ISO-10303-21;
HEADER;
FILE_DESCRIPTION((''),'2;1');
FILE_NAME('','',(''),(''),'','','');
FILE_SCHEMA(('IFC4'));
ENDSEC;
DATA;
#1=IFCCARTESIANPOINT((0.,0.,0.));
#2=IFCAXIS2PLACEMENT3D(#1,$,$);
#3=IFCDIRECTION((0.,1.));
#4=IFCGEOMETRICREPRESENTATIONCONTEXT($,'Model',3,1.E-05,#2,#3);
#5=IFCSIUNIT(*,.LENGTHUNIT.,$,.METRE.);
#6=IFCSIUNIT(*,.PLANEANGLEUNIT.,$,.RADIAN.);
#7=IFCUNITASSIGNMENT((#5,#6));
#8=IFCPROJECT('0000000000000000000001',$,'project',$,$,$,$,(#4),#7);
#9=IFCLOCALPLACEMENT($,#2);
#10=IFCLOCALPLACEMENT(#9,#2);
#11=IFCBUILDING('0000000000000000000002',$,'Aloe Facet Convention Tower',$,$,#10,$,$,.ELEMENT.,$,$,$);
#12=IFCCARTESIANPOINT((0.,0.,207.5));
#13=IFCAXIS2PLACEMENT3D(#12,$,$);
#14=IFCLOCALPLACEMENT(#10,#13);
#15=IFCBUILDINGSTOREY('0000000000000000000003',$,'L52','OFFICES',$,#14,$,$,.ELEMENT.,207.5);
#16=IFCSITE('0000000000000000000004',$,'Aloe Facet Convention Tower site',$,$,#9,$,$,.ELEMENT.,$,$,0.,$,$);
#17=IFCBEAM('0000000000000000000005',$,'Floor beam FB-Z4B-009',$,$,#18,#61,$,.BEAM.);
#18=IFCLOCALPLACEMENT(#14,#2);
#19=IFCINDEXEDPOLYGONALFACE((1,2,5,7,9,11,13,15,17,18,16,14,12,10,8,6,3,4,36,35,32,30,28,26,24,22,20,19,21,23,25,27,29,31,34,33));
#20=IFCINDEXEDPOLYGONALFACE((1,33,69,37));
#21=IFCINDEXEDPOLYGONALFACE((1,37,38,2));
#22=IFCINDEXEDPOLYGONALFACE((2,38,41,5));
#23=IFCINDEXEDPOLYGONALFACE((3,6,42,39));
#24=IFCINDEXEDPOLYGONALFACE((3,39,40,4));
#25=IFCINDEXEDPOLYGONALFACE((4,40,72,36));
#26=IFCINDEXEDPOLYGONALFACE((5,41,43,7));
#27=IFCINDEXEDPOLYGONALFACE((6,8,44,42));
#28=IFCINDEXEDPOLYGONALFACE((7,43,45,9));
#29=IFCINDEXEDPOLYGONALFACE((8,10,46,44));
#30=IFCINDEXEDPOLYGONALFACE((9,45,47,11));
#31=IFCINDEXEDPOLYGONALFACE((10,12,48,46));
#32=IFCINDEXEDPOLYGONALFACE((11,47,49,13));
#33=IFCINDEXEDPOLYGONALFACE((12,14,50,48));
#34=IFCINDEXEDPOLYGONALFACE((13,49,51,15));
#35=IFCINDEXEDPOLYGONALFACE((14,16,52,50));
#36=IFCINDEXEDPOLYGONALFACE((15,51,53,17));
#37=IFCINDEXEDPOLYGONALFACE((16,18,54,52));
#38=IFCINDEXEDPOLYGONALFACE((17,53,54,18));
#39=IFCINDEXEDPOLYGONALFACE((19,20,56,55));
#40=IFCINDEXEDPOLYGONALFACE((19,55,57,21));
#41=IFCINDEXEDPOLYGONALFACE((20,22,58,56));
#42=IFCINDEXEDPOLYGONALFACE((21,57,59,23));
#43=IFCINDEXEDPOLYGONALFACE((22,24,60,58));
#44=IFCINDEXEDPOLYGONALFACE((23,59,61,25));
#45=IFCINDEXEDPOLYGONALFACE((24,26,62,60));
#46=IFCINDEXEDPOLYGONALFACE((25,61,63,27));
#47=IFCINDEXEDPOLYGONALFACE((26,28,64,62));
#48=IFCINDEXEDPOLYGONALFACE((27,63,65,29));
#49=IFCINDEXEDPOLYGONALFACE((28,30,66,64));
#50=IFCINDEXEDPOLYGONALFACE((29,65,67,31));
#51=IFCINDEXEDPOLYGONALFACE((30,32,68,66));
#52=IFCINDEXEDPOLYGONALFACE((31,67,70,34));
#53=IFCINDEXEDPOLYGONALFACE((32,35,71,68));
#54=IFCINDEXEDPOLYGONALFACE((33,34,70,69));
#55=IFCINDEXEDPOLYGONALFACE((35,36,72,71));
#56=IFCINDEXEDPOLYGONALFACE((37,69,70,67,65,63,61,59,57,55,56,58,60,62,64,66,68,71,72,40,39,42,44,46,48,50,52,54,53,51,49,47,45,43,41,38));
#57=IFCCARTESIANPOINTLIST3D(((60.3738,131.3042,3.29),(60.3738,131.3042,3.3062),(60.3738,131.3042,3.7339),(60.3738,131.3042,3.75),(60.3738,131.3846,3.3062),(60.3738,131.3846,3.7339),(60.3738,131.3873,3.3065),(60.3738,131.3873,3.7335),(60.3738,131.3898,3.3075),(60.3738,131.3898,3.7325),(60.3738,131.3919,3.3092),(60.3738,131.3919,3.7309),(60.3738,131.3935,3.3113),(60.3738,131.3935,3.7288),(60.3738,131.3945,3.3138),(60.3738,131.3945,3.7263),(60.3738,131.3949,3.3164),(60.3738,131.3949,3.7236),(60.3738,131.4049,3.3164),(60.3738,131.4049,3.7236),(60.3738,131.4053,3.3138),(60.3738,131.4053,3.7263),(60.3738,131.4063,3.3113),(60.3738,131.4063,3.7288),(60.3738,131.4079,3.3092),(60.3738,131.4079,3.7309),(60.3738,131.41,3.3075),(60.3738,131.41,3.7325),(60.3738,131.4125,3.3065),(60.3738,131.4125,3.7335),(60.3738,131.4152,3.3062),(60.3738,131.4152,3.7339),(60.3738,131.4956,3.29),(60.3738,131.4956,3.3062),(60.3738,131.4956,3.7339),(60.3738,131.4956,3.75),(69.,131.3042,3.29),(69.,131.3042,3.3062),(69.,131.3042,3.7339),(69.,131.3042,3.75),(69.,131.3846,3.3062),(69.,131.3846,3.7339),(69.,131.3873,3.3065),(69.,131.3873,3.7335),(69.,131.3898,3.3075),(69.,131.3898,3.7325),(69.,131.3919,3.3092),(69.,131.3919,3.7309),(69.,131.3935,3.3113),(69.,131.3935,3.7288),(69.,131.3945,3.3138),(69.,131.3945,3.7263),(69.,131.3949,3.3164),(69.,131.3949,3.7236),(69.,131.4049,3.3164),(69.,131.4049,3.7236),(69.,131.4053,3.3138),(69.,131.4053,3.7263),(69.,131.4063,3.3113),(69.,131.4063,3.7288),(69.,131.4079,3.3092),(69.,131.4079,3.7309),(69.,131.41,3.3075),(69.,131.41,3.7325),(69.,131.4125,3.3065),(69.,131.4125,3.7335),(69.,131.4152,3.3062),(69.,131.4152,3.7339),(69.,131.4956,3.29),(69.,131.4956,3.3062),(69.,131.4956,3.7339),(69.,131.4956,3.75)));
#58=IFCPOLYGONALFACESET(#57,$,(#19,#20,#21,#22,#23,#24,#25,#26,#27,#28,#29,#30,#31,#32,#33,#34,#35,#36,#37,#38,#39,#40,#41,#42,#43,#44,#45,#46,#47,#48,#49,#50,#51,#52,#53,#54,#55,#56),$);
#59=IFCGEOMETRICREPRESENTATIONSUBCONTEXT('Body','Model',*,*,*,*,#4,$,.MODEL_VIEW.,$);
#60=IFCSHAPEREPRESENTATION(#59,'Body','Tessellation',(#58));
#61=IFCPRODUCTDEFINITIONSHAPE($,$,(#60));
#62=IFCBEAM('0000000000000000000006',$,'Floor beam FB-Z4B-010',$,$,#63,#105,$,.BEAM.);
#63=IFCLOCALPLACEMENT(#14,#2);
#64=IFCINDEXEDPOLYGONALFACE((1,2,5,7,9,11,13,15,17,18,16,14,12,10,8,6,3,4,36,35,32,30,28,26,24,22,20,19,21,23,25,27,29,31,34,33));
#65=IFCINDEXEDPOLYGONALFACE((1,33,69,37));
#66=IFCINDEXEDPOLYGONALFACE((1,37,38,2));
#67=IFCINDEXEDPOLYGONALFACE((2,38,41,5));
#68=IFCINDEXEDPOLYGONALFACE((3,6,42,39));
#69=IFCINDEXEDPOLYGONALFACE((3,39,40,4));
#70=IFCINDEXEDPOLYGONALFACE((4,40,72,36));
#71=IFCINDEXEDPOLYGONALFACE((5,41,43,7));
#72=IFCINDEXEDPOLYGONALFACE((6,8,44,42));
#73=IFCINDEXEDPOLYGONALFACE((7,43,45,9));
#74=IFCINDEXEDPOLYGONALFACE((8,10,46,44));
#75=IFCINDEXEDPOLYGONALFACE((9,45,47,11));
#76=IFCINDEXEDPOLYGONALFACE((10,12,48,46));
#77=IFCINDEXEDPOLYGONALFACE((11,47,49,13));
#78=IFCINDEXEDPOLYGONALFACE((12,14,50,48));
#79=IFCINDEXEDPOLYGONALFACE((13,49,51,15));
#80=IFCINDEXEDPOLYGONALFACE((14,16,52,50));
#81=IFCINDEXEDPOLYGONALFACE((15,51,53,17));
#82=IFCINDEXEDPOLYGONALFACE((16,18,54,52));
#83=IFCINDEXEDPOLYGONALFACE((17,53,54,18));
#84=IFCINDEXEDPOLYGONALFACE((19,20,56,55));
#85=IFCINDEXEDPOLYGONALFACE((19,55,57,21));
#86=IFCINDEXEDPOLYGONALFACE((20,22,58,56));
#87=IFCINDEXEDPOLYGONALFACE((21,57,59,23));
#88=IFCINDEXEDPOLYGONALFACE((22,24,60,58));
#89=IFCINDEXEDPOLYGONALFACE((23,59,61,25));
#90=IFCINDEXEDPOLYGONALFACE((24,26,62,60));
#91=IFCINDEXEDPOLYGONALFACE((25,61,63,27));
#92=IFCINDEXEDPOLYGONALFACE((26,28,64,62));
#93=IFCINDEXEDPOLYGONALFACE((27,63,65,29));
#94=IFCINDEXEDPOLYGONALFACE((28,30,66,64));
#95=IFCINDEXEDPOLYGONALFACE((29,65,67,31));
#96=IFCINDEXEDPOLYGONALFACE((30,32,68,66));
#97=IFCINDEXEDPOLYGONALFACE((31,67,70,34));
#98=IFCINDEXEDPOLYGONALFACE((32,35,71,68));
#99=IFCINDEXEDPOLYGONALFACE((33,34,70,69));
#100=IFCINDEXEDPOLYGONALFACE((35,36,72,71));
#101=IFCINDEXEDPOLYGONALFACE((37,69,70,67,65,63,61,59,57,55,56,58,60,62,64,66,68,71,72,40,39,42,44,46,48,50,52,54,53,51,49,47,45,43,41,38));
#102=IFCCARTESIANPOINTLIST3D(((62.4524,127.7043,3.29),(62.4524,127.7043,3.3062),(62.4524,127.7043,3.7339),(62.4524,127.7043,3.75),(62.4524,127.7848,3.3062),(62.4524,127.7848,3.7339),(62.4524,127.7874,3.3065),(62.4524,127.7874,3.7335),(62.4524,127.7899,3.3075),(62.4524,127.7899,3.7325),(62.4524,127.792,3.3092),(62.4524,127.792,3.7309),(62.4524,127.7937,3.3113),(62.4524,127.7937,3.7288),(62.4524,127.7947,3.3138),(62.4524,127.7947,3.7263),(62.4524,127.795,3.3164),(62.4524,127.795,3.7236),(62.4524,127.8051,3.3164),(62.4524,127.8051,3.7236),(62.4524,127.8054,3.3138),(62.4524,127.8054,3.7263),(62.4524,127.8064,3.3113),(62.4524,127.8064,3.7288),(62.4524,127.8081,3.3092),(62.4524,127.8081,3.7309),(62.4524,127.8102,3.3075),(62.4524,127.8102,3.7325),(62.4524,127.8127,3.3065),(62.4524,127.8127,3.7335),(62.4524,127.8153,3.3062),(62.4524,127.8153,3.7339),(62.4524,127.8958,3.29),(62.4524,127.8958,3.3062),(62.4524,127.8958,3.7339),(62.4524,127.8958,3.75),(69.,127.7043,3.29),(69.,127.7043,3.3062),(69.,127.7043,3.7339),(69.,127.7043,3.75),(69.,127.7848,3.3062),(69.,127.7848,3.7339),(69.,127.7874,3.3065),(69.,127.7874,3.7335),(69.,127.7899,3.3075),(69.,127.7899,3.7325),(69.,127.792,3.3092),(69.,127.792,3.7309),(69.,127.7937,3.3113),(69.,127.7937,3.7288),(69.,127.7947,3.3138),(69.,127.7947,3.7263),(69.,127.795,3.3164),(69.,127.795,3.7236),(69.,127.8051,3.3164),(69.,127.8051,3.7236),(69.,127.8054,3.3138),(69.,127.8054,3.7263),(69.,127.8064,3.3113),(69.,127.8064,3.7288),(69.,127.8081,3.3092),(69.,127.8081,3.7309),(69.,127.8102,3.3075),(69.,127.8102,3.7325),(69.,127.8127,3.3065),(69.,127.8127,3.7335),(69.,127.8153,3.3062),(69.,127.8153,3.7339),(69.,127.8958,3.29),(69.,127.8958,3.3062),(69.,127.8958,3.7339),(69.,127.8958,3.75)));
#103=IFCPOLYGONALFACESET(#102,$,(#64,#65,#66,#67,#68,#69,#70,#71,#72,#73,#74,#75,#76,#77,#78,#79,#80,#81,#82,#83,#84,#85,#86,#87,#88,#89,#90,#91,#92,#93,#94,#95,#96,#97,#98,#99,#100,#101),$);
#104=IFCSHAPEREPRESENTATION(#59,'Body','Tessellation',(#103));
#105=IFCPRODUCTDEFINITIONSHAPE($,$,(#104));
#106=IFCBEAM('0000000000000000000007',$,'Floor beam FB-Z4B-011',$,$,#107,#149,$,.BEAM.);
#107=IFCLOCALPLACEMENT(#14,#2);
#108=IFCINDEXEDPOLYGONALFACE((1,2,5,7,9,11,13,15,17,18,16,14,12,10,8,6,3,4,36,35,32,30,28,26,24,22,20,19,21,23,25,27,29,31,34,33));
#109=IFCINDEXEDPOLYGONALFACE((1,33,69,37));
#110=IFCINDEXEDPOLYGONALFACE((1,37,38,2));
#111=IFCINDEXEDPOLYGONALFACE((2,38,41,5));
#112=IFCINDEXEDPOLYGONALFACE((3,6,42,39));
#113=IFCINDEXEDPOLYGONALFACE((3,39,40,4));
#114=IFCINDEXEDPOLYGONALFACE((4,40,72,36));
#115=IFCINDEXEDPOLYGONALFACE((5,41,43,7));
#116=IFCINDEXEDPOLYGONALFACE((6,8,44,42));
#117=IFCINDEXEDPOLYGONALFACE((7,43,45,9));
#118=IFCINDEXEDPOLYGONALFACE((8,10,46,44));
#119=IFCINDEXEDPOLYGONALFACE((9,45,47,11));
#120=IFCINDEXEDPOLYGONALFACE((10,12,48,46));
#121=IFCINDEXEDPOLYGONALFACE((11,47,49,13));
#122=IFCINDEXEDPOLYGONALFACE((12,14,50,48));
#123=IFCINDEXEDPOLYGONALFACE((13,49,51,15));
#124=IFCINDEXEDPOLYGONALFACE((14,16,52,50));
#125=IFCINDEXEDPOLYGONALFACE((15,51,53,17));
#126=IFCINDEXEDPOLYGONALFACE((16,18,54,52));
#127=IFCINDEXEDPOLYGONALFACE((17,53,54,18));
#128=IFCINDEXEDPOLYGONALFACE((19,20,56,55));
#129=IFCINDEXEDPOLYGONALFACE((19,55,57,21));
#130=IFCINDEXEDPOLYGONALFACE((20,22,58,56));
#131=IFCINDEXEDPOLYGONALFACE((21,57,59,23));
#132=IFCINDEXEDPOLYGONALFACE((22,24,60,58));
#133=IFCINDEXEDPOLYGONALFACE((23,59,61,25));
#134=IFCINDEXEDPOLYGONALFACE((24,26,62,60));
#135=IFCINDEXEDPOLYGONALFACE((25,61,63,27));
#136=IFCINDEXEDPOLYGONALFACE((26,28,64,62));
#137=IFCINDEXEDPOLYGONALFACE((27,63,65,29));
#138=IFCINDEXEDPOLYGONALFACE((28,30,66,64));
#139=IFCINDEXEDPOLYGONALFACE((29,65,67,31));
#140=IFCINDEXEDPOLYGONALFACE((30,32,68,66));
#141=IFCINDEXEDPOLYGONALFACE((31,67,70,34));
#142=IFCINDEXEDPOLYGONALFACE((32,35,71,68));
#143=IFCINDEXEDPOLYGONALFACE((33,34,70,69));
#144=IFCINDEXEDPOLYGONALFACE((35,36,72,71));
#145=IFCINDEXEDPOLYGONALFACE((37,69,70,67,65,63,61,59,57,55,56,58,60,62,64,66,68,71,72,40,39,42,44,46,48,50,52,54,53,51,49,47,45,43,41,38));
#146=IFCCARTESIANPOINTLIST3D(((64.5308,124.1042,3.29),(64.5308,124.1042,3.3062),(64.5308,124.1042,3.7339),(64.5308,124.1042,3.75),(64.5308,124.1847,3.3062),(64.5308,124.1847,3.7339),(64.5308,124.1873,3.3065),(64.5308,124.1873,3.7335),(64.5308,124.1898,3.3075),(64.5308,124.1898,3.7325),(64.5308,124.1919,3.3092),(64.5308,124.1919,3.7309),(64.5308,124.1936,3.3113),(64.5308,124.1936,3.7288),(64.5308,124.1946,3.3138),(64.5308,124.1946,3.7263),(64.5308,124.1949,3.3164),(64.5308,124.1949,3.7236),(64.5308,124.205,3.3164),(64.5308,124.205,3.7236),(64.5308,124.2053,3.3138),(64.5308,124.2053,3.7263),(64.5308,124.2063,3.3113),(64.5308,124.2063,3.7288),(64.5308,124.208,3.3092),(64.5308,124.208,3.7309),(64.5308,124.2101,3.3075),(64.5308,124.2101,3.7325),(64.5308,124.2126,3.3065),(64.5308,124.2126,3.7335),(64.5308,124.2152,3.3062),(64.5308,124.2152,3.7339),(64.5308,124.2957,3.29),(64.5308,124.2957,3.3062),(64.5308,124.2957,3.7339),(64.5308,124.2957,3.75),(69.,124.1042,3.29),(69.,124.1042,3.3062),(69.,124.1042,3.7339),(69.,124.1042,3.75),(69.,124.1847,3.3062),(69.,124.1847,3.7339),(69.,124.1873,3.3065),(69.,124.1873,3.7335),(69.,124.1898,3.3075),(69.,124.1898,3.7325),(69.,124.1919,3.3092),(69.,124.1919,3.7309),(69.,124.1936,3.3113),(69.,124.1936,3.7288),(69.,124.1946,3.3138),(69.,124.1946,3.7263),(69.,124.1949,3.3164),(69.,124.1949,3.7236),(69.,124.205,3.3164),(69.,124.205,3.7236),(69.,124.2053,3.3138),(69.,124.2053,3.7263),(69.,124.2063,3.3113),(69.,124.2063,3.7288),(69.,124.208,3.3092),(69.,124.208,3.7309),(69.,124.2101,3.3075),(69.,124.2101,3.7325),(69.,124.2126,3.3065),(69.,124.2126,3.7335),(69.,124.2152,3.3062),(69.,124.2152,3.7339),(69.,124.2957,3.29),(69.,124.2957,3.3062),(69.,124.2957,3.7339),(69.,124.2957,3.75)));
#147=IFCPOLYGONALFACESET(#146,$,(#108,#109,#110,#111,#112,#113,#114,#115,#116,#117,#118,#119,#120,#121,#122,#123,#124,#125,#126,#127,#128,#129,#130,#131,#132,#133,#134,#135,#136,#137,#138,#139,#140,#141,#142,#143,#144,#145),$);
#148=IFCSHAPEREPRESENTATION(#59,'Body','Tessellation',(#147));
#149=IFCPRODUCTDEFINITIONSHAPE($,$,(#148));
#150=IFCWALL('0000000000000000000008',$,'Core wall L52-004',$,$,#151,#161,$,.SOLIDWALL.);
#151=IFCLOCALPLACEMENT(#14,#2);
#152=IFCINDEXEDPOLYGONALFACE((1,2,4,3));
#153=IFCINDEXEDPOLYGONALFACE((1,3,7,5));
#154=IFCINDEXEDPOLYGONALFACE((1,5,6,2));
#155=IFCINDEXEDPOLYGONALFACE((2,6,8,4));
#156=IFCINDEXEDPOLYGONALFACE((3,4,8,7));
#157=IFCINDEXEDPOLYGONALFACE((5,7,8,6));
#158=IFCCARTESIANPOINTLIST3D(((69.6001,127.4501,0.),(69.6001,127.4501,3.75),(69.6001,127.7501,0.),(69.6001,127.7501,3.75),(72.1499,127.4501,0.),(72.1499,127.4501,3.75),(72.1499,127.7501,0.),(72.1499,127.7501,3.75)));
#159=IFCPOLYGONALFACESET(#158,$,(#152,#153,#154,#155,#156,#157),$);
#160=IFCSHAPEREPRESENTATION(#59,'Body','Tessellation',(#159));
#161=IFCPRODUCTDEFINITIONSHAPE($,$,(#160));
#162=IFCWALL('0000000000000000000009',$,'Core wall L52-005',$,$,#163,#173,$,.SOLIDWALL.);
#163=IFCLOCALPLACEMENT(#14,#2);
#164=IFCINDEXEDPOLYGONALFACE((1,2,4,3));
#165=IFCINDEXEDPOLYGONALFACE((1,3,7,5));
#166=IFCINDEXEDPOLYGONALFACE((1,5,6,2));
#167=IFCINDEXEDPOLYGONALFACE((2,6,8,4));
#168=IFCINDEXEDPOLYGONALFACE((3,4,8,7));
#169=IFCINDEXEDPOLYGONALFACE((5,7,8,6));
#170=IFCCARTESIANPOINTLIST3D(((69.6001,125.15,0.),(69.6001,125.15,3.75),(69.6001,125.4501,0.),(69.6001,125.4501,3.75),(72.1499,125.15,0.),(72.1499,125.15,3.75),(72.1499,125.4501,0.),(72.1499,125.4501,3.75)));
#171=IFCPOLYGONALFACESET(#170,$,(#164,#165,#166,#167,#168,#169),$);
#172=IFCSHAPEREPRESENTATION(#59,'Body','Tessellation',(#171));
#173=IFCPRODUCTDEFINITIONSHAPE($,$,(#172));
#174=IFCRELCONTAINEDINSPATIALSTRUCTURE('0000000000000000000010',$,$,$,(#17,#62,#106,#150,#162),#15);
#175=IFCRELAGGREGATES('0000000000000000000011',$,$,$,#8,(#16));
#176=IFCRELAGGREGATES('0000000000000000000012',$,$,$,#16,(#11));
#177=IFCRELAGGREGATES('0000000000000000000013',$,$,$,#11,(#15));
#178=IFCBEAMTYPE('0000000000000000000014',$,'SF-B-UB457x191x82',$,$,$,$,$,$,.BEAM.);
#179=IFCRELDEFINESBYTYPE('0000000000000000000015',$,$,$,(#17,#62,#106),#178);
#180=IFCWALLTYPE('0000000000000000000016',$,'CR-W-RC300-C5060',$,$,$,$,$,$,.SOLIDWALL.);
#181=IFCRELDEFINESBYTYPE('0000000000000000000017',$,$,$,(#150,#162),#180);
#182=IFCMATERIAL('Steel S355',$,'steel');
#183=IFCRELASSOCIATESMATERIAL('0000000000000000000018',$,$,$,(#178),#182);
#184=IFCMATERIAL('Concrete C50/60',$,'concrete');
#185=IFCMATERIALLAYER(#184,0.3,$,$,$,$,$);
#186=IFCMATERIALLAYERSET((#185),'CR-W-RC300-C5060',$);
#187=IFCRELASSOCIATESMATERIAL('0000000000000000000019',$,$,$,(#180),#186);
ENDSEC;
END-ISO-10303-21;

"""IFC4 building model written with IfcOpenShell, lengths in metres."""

from ifc_helpers import new_model, si_unit, direction, frame, frame_2d, origin, origin_2d, place, context, subcontext, project, spatial, rectangle, i_section, extrude, material, layer, layer_set, material_profile, profile_set, type_object, element, save


model = new_model("IFC4")

# Units and contexts
model_context = context("Model", 3, precision=1e-05, world=origin(), true_north=direction((0.0, 1.0)))
body_context = subcontext(model_context, "Body", "Model", "MODEL_VIEW")
ifc_project = project(units=[si_unit("LENGTHUNIT", "METRE"), si_unit("PLANEANGLEUNIT", "RADIAN")], contexts=[model_context])

# Site, building, storey
site_placement = place(None, origin())
site = spatial("IfcSite", under=ifc_project, at=site_placement, Name="Aloe Facet Convention Tower site", CompositionType="ELEMENT", RefElevation=0.0)
building_placement = place(site_placement, origin())
building = spatial("IfcBuilding", under=site, at=building_placement, Name="Aloe Facet Convention Tower", CompositionType="ELEMENT")
storey_placement = place(building_placement, frame((0.0, 0.0, 207.5)))
storey = spatial("IfcBuildingStorey", under=building, at=storey_placement, Name="L52", Description="OFFICES", CompositionType="ELEMENT", Elevation=207.5)

# Beams
ifc_material_1 = material(Name="Steel S355", Category="steel")
ifc_material_profile = material_profile(ifc_material_1, i_section(OverallWidth=0.1914, OverallDepth=0.46, WebThickness=0.01, FlangeThickness=0.0161, FilletRadius=0.0103, at=origin_2d()), Name="UB 457x191x82")
ifc_profile_set = profile_set([ifc_material_profile], Name="Steel S355")
beam_type = type_object("IfcBeamType", Name="SF-B-UB457x191x82", PredefinedType="BEAM", material=ifc_profile_set)
beam_1_placement = place(storey_placement, frame((60.3738, 131.3999, 3.52), z_axis=(1.0, 0.0, 0.0), x_axis=(0.0, 1.0, 0.0)))
element("IfcBeam", 1, at=beam_1_placement, inside=storey, type_object=beam_type, Name="Floor beam FB-Z4B-009", PredefinedType="BEAM", context=body_context, shape_type="SweptSolid", body=[
    extrude(i_section(OverallWidth=0.1914, OverallDepth=0.46, WebThickness=0.01, FlangeThickness=0.0161, FilletRadius=0.0103, at=origin_2d()), origin(), (0.0, 0.0, 1.0), 8.6262),
])
beam_2_placement = place(storey_placement, frame((62.4524, 127.8, 3.52), z_axis=(1.0, 0.0, 0.0), x_axis=(0.0, 1.0, 0.0)))
element("IfcBeam", 2, at=beam_2_placement, inside=storey, type_object=beam_type, Name="Floor beam FB-Z4B-010", PredefinedType="BEAM", context=body_context, shape_type="SweptSolid", body=[
    extrude(i_section(OverallWidth=0.1914, OverallDepth=0.46, WebThickness=0.01, FlangeThickness=0.0161, FilletRadius=0.0103, at=origin_2d()), origin(), (0.0, 0.0, 1.0), 6.5476),
])
beam_3_placement = place(storey_placement, frame((64.5308, 124.2, 3.52), z_axis=(1.0, 0.0, 0.0), x_axis=(0.0, 1.0, 0.0)))
element("IfcBeam", 3, at=beam_3_placement, inside=storey, type_object=beam_type, Name="Floor beam FB-Z4B-011", PredefinedType="BEAM", context=body_context, shape_type="SweptSolid", body=[
    extrude(i_section(OverallWidth=0.1914, OverallDepth=0.46, WebThickness=0.01, FlangeThickness=0.0161, FilletRadius=0.0103, at=origin_2d()), origin(), (0.0, 0.0, 1.0), 4.4692),
])

# Walls
ifc_material_2 = material(Name="Concrete C50/60", Category="concrete")
ifc_layer_1 = layer(ifc_material_2, 0.3)
ifc_layer_set_1 = layer_set([ifc_layer_1], Name="CR-W-RC300-C5060")
wall_type_1 = type_object("IfcWallType", Name="CR-W-RC300-C5060", PredefinedType="SOLIDWALL", material=ifc_layer_set_1)
for number, where, z_axis, x_axis, name in (
    (4, (69.6001, 127.6001, 0.0), (0.0, 0.0, 1.0), (1.0, 0.0, 0.0), "Core wall L52-004"),
    (5, (69.6001, 125.3, 0.0), (0.0, 0.0, 1.0), (1.0, 0.0, 0.0), "Core wall L52-005"),
):
    element("IfcWall", number, at=place(storey_placement, frame(where, z_axis=z_axis, x_axis=x_axis)), inside=storey, type_object=wall_type_1, Name=name, PredefinedType="SOLIDWALL", context=body_context, shape_type="SweptSolid", body=[
        extrude(rectangle(XDim=2.5498, YDim=0.3, at=frame_2d((1.2749, 0.0))), origin(), (0.0, 0.0, 1.0), 3.75),
    ])

save(model, "model.ifc")
